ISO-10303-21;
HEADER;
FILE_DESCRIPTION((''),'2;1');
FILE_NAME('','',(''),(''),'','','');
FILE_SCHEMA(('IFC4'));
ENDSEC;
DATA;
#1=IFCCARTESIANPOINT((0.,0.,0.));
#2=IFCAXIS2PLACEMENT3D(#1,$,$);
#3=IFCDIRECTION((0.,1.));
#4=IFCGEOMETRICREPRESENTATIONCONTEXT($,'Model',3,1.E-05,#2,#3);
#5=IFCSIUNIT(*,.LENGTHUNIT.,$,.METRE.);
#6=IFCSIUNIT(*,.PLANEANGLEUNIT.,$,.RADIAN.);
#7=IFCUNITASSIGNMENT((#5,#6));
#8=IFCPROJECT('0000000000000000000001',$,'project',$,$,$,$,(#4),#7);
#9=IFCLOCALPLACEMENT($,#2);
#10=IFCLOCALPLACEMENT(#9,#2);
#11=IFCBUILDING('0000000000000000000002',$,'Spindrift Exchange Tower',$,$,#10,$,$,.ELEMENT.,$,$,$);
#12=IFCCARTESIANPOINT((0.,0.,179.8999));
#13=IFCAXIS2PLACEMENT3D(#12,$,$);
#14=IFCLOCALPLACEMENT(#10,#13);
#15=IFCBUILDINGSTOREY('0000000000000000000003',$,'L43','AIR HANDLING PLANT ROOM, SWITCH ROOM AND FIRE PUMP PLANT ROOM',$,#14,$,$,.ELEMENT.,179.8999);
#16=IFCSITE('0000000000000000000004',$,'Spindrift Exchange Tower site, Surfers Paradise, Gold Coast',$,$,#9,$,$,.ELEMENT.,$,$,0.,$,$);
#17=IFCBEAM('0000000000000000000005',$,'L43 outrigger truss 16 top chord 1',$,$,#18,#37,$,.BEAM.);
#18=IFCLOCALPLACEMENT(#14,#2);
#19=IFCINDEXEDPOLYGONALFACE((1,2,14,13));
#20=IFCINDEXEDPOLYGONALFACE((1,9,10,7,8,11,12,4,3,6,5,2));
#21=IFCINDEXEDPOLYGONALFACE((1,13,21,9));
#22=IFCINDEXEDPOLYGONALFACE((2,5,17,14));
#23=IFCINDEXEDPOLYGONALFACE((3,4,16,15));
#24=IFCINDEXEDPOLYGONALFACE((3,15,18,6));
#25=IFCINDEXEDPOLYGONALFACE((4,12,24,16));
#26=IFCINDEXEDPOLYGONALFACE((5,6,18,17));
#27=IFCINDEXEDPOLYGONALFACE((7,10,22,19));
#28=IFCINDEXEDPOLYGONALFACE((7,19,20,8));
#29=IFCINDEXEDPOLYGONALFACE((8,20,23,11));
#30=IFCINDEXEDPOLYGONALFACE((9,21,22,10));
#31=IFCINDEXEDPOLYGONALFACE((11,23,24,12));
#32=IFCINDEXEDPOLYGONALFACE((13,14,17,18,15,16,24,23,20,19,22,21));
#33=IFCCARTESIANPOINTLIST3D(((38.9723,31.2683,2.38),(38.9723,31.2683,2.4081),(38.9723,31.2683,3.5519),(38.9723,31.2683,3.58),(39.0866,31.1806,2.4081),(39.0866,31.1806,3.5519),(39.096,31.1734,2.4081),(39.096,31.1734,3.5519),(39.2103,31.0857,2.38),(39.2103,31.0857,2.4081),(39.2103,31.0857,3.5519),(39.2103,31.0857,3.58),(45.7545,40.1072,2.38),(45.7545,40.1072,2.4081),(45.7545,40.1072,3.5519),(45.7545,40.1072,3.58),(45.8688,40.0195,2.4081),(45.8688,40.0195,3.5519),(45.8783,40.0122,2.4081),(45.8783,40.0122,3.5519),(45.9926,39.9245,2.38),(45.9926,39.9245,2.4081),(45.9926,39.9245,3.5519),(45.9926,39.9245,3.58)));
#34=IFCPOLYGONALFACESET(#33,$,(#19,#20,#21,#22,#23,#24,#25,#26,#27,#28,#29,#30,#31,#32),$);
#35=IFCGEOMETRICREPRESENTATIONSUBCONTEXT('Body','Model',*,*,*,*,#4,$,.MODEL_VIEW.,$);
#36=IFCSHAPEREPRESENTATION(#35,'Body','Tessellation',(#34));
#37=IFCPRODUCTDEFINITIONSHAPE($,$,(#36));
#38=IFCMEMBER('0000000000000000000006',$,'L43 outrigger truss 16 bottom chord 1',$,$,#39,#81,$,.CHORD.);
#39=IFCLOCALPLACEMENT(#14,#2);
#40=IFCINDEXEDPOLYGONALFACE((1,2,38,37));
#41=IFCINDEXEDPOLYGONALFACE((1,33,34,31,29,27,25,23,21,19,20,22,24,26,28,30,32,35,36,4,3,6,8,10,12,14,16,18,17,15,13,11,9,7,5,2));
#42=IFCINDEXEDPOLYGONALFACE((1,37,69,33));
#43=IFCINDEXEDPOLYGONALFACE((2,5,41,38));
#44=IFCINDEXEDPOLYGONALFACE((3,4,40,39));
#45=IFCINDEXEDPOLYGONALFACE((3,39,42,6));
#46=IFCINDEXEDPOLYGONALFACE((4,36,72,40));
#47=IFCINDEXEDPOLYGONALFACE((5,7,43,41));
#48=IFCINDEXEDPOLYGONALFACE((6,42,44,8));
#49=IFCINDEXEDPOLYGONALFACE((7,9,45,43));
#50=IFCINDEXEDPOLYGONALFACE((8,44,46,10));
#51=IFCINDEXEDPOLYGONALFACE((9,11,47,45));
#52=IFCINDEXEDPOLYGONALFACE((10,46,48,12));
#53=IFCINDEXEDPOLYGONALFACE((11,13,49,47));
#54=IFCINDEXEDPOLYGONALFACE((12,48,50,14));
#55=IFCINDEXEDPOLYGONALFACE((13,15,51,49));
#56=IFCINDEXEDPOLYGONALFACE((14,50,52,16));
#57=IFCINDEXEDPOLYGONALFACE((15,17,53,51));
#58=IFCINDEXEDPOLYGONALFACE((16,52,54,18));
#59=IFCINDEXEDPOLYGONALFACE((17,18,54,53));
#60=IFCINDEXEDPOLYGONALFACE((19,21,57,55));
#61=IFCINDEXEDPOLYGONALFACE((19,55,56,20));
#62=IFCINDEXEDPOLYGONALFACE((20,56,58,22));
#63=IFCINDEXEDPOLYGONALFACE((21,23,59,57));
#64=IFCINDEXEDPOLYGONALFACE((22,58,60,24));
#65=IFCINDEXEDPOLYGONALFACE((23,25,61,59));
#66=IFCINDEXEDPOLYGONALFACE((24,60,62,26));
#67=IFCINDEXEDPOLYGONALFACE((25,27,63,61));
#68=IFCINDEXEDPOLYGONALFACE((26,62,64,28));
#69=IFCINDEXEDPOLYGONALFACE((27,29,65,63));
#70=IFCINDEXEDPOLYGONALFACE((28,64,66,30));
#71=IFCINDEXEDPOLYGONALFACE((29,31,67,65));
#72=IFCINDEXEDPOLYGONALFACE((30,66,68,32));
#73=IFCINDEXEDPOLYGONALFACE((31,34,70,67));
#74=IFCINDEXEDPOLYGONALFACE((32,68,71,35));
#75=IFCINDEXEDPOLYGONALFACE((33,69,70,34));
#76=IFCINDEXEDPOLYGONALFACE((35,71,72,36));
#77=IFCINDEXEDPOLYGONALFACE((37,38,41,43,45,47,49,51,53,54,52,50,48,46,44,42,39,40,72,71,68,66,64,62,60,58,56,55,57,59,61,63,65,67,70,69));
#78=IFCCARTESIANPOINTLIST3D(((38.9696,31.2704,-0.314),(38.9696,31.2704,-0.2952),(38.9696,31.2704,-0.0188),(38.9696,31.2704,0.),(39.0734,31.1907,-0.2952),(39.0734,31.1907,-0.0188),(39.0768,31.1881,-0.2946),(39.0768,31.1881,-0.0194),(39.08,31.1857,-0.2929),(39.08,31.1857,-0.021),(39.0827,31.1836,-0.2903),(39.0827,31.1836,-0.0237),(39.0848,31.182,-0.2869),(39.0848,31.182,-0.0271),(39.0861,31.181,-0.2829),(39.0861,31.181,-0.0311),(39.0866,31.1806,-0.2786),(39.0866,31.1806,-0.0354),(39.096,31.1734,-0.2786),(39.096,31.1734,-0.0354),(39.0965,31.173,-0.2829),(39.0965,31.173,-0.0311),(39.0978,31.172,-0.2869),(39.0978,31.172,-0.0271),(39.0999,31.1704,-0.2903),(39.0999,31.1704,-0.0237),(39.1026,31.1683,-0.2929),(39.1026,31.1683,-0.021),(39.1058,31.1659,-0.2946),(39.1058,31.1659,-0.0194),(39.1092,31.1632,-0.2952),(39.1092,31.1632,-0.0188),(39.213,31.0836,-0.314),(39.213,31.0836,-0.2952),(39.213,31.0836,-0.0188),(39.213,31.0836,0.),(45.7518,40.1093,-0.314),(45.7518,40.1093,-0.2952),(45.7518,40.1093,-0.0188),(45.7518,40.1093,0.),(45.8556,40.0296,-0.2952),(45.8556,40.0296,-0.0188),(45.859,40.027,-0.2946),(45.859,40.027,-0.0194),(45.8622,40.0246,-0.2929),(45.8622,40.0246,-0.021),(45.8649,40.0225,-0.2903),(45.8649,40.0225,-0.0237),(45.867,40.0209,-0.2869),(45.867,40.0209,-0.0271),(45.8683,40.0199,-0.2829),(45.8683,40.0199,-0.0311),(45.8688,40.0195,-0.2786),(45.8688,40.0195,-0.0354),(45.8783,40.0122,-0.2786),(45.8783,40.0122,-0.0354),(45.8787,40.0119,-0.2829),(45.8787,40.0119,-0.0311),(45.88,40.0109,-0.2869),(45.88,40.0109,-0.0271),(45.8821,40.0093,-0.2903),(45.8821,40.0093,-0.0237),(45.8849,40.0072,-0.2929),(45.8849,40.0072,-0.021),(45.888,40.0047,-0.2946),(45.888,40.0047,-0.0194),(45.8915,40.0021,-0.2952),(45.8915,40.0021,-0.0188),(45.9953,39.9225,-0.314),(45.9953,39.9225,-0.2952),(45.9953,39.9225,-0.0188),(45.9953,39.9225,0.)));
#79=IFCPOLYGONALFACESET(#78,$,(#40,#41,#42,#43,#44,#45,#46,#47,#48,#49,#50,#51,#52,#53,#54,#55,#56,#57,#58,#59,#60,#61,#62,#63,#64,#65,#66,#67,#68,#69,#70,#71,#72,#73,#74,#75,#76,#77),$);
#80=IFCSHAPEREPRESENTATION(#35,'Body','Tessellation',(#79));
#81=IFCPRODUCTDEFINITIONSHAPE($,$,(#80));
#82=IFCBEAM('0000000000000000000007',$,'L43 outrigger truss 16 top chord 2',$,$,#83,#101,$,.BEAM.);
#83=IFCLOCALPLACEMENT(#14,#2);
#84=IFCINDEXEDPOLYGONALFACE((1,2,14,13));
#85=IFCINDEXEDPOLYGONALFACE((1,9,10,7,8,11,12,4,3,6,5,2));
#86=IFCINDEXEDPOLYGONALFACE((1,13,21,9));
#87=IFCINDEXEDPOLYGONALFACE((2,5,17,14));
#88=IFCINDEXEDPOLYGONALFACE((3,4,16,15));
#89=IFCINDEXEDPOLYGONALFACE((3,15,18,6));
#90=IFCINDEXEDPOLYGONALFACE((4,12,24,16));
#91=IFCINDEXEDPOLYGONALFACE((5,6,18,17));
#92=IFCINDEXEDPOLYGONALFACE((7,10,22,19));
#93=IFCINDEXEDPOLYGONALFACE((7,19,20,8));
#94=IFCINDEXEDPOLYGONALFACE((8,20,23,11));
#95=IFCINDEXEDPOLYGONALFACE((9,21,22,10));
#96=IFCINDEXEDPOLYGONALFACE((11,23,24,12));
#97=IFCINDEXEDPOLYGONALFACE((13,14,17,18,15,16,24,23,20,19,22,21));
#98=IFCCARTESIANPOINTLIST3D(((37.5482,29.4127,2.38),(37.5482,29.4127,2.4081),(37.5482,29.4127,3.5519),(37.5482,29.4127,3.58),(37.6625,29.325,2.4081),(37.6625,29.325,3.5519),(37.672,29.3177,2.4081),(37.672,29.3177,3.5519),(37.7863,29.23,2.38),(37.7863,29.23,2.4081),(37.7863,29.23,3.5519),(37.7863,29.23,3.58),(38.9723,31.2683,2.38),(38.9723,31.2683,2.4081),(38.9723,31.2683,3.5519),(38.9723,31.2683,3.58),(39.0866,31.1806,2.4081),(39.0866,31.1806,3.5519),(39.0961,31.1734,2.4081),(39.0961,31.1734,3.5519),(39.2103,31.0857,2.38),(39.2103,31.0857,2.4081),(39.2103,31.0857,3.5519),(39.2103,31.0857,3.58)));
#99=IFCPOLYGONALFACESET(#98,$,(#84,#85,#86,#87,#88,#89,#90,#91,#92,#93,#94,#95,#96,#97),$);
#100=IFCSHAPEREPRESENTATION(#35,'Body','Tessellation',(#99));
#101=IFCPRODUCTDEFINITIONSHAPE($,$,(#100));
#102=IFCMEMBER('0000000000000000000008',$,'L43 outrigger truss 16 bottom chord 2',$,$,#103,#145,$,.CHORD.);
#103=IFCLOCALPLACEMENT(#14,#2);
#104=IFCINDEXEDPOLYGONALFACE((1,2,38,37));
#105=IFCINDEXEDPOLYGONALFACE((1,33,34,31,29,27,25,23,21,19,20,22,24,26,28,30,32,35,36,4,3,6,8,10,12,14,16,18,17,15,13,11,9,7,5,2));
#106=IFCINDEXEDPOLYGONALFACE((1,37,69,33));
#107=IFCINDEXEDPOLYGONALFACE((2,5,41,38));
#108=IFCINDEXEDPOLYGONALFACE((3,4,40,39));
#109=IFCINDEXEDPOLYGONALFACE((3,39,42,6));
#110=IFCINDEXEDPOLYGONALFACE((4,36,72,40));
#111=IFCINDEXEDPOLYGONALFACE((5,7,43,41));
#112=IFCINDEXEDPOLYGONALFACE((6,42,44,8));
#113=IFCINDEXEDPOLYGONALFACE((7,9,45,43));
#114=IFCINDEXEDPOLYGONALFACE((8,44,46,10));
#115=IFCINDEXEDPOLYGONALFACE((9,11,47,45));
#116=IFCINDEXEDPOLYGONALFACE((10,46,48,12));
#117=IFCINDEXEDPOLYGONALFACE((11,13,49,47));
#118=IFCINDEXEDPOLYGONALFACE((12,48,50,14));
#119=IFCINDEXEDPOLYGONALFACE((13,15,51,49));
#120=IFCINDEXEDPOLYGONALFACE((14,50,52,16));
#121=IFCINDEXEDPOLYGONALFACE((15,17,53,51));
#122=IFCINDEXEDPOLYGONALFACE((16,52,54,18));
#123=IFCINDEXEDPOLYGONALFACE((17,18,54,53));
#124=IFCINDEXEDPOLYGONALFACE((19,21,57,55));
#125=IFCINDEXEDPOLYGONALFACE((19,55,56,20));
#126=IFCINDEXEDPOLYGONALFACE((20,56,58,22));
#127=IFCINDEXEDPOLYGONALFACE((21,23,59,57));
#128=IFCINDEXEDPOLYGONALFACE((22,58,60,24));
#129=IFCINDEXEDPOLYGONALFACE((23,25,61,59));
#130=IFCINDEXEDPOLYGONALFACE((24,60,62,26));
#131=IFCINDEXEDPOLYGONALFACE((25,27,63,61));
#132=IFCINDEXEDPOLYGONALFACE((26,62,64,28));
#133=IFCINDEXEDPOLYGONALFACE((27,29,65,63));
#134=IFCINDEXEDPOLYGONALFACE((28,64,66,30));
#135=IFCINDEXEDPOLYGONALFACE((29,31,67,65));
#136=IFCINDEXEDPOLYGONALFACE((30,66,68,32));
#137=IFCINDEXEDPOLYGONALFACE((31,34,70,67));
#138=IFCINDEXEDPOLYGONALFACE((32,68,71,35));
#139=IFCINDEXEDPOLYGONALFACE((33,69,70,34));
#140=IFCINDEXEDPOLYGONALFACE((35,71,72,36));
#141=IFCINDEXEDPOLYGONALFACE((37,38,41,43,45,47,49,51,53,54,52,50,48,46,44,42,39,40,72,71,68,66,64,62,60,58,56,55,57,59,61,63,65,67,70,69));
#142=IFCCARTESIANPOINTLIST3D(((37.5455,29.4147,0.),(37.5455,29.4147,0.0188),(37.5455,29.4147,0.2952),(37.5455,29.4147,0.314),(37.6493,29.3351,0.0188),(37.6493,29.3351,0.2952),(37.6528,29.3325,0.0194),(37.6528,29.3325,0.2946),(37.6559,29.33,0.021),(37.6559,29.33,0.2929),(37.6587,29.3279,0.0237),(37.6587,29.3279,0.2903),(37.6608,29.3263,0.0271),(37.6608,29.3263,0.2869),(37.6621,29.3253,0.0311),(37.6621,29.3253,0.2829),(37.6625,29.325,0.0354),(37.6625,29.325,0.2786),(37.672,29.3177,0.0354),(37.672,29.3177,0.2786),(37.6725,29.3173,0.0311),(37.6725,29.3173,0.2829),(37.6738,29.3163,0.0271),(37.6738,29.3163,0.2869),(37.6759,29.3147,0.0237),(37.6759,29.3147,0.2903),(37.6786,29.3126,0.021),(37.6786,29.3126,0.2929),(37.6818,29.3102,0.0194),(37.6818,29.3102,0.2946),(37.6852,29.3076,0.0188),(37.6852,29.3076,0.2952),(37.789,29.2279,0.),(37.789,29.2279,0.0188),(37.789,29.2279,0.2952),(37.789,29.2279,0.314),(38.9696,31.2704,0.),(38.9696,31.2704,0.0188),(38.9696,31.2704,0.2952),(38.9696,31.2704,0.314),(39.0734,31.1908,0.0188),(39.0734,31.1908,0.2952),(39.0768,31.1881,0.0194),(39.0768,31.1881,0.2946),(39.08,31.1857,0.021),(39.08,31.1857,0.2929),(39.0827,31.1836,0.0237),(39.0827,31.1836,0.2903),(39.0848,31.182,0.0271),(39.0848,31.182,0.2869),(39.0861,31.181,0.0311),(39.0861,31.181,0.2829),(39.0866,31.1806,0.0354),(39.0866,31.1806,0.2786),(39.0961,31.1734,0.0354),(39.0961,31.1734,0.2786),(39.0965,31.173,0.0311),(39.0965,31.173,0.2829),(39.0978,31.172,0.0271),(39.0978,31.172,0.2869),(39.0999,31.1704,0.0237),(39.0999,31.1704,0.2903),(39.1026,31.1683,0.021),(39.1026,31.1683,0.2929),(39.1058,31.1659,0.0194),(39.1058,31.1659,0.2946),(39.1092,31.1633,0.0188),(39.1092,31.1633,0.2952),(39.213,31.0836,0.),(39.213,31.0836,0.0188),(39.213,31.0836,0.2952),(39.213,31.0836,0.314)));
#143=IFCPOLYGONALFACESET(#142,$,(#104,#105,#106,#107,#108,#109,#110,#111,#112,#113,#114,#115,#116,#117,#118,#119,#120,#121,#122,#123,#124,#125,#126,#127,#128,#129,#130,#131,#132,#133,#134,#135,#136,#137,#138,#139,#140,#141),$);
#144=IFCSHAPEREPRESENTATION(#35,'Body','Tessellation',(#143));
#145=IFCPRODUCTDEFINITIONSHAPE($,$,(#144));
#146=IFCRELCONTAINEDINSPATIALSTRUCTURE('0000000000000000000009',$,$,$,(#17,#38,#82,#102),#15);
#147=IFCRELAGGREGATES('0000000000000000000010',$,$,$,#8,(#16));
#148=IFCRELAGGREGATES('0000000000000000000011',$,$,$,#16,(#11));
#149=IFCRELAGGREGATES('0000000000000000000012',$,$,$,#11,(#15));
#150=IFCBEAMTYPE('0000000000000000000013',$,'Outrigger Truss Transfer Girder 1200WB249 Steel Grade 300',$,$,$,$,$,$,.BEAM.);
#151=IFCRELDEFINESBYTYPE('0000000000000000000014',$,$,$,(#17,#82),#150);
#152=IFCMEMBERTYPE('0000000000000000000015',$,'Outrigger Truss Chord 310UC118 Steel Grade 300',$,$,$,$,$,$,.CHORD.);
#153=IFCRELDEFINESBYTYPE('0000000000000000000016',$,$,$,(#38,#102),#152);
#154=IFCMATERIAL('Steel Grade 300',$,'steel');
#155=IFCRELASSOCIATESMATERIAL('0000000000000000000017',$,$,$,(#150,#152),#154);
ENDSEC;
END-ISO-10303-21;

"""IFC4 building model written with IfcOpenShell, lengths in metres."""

from ifc_helpers import new_model, si_unit, direction, frame, origin, origin_2d, place, context, subcontext, project, spatial, i_section, extrude, source, transform, mapped, material, material_profile, profile_set, type_object, element, save


model = new_model("IFC4")

# Units and contexts
model_context = context("Model", 3, precision=1e-05, world=origin(), true_north=direction((0.0, 1.0)))
body_context = subcontext(model_context, "Body", "Model", "MODEL_VIEW")
ifc_project = project(units=[si_unit("LENGTHUNIT", "METRE"), si_unit("PLANEANGLEUNIT", "RADIAN")], contexts=[model_context])

# Site, building, storey
site_placement = place(None, origin())
site = spatial("IfcSite", under=ifc_project, at=site_placement, Name="Spindrift Exchange Tower site, Surfers Paradise, Gold Coast", CompositionType="ELEMENT", RefElevation=0.0)
building_placement = place(site_placement, origin())
building = spatial("IfcBuilding", under=site, at=building_placement, Name="Spindrift Exchange Tower", CompositionType="ELEMENT")
storey_placement = place(building_placement, frame((0.0, 0.0, 179.8999)))
storey = spatial("IfcBuildingStorey", under=building, at=storey_placement, Name="L43", Description="AIR HANDLING PLANT ROOM, SWITCH ROOM AND FIRE PUMP PLANT ROOM", CompositionType="ELEMENT", Elevation=179.8999)

# Beam
ifc_material_1 = material(Name="Steel Grade 300", Category="steel")
ifc_material_profile_1 = material_profile(ifc_material_1, i_section(OverallWidth=0.3, OverallDepth=1.2, WebThickness=0.012, FlangeThickness=0.0281, at=origin_2d()), Name="1200WB249")
ifc_profile_set_1 = profile_set([ifc_material_profile_1], Name="Steel Grade 300")
beam_type_1 = type_object("IfcBeamType", Name="Outrigger Truss Transfer Girder 1200WB249 Steel Grade 300", PredefinedType="BEAM", material=ifc_profile_set_1)
shared_shape_1 = source(origin(), body_context, "Body", "SweptSolid", [
    extrude(i_section(OverallWidth=0.3, OverallDepth=1.2, WebThickness=0.012, FlangeThickness=0.0281, at=origin_2d()), origin(), (0.0, 0.0, 1.0), 11.1411),
])
beam_1_placement = place(storey_placement, frame((45.8735, 40.0159, 2.98), z_axis=(-0.608757, -0.793357, 0.0), x_axis=(0.793357, -0.608757, 0.0)))
element("IfcBeam", 1, at=beam_1_placement, inside=storey, type_object=beam_type_1, Name="L43 outrigger truss 16 top chord 1", PredefinedType="BEAM", context=body_context, shape_type="MappedRepresentation", body=[
    mapped(shared_shape_1, transform((0.0, 0.0, 0.0), scale=1.0)),
])

# Member
ifc_material_profile_2 = material_profile(ifc_material_1, i_section(OverallWidth=0.3069, OverallDepth=0.314, WebThickness=0.012, FlangeThickness=0.0188, FilletRadius=0.0166, at=origin_2d()), Name="310UC118")
ifc_profile_set_2 = profile_set([ifc_material_profile_2], Name="Steel Grade 300")
member_type_1 = type_object("IfcMemberType", Name="Outrigger Truss Chord 310UC118 Steel Grade 300", PredefinedType="CHORD", material=ifc_profile_set_2)
shared_shape_2 = source(origin(), body_context, "Body", "SweptSolid", [
    extrude(i_section(OverallWidth=0.3069, OverallDepth=0.314, WebThickness=0.012, FlangeThickness=0.0188, FilletRadius=0.0166, at=origin_2d()), origin(), (0.0, 0.0, 1.0), 11.1411),
])
member_1_placement = place(storey_placement, frame((45.8735, 40.0159, -0.157), z_axis=(-0.608757, -0.793357, 0.0), x_axis=(0.793357, -0.608757, 0.0)))
element("IfcMember", 2, at=member_1_placement, inside=storey, type_object=member_type_1, Name="L43 outrigger truss 16 bottom chord 1", PredefinedType="CHORD", context=body_context, shape_type="MappedRepresentation", body=[
    mapped(shared_shape_2, transform((0.0, 0.0, 0.0), scale=1.0)),
])

# Beam
shared_shape_3 = source(origin(), body_context, "Body", "SweptSolid", [
    extrude(i_section(OverallWidth=0.3, OverallDepth=1.2, WebThickness=0.012, FlangeThickness=0.0281, at=origin_2d()), origin(), (0.0, 0.0, 1.0), 2.3391),
])
beam_2_placement = place(storey_placement, frame((39.0913, 31.177, 2.98), z_axis=(-0.608797, -0.793326, 0.0), x_axis=(0.793326, -0.608797, 0.0)))
element("IfcBeam", 3, at=beam_2_placement, inside=storey, type_object=beam_type_1, Name="L43 outrigger truss 16 top chord 2", PredefinedType="BEAM", context=body_context, shape_type="MappedRepresentation", body=[
    mapped(shared_shape_3, transform((0.0, 0.0, 0.0), scale=1.0)),
])

# Member
shared_shape_4 = source(origin(), body_context, "Body", "SweptSolid", [
    extrude(i_section(OverallWidth=0.3069, OverallDepth=0.314, WebThickness=0.012, FlangeThickness=0.0188, FilletRadius=0.0166, at=origin_2d()), origin(), (0.0, 0.0, 1.0), 2.3391),
])
member_2_placement = place(storey_placement, frame((39.0913, 31.177, 0.157), z_axis=(-0.608797, -0.793326, 0.0), x_axis=(0.793326, -0.608797, 0.0)))
element("IfcMember", 4, at=member_2_placement, inside=storey, type_object=member_type_1, Name="L43 outrigger truss 16 bottom chord 2", PredefinedType="CHORD", context=body_context, shape_type="MappedRepresentation", body=[
    mapped(shared_shape_4, transform((0.0, 0.0, 0.0), scale=1.0)),
])

save(model, "model.ifc")
